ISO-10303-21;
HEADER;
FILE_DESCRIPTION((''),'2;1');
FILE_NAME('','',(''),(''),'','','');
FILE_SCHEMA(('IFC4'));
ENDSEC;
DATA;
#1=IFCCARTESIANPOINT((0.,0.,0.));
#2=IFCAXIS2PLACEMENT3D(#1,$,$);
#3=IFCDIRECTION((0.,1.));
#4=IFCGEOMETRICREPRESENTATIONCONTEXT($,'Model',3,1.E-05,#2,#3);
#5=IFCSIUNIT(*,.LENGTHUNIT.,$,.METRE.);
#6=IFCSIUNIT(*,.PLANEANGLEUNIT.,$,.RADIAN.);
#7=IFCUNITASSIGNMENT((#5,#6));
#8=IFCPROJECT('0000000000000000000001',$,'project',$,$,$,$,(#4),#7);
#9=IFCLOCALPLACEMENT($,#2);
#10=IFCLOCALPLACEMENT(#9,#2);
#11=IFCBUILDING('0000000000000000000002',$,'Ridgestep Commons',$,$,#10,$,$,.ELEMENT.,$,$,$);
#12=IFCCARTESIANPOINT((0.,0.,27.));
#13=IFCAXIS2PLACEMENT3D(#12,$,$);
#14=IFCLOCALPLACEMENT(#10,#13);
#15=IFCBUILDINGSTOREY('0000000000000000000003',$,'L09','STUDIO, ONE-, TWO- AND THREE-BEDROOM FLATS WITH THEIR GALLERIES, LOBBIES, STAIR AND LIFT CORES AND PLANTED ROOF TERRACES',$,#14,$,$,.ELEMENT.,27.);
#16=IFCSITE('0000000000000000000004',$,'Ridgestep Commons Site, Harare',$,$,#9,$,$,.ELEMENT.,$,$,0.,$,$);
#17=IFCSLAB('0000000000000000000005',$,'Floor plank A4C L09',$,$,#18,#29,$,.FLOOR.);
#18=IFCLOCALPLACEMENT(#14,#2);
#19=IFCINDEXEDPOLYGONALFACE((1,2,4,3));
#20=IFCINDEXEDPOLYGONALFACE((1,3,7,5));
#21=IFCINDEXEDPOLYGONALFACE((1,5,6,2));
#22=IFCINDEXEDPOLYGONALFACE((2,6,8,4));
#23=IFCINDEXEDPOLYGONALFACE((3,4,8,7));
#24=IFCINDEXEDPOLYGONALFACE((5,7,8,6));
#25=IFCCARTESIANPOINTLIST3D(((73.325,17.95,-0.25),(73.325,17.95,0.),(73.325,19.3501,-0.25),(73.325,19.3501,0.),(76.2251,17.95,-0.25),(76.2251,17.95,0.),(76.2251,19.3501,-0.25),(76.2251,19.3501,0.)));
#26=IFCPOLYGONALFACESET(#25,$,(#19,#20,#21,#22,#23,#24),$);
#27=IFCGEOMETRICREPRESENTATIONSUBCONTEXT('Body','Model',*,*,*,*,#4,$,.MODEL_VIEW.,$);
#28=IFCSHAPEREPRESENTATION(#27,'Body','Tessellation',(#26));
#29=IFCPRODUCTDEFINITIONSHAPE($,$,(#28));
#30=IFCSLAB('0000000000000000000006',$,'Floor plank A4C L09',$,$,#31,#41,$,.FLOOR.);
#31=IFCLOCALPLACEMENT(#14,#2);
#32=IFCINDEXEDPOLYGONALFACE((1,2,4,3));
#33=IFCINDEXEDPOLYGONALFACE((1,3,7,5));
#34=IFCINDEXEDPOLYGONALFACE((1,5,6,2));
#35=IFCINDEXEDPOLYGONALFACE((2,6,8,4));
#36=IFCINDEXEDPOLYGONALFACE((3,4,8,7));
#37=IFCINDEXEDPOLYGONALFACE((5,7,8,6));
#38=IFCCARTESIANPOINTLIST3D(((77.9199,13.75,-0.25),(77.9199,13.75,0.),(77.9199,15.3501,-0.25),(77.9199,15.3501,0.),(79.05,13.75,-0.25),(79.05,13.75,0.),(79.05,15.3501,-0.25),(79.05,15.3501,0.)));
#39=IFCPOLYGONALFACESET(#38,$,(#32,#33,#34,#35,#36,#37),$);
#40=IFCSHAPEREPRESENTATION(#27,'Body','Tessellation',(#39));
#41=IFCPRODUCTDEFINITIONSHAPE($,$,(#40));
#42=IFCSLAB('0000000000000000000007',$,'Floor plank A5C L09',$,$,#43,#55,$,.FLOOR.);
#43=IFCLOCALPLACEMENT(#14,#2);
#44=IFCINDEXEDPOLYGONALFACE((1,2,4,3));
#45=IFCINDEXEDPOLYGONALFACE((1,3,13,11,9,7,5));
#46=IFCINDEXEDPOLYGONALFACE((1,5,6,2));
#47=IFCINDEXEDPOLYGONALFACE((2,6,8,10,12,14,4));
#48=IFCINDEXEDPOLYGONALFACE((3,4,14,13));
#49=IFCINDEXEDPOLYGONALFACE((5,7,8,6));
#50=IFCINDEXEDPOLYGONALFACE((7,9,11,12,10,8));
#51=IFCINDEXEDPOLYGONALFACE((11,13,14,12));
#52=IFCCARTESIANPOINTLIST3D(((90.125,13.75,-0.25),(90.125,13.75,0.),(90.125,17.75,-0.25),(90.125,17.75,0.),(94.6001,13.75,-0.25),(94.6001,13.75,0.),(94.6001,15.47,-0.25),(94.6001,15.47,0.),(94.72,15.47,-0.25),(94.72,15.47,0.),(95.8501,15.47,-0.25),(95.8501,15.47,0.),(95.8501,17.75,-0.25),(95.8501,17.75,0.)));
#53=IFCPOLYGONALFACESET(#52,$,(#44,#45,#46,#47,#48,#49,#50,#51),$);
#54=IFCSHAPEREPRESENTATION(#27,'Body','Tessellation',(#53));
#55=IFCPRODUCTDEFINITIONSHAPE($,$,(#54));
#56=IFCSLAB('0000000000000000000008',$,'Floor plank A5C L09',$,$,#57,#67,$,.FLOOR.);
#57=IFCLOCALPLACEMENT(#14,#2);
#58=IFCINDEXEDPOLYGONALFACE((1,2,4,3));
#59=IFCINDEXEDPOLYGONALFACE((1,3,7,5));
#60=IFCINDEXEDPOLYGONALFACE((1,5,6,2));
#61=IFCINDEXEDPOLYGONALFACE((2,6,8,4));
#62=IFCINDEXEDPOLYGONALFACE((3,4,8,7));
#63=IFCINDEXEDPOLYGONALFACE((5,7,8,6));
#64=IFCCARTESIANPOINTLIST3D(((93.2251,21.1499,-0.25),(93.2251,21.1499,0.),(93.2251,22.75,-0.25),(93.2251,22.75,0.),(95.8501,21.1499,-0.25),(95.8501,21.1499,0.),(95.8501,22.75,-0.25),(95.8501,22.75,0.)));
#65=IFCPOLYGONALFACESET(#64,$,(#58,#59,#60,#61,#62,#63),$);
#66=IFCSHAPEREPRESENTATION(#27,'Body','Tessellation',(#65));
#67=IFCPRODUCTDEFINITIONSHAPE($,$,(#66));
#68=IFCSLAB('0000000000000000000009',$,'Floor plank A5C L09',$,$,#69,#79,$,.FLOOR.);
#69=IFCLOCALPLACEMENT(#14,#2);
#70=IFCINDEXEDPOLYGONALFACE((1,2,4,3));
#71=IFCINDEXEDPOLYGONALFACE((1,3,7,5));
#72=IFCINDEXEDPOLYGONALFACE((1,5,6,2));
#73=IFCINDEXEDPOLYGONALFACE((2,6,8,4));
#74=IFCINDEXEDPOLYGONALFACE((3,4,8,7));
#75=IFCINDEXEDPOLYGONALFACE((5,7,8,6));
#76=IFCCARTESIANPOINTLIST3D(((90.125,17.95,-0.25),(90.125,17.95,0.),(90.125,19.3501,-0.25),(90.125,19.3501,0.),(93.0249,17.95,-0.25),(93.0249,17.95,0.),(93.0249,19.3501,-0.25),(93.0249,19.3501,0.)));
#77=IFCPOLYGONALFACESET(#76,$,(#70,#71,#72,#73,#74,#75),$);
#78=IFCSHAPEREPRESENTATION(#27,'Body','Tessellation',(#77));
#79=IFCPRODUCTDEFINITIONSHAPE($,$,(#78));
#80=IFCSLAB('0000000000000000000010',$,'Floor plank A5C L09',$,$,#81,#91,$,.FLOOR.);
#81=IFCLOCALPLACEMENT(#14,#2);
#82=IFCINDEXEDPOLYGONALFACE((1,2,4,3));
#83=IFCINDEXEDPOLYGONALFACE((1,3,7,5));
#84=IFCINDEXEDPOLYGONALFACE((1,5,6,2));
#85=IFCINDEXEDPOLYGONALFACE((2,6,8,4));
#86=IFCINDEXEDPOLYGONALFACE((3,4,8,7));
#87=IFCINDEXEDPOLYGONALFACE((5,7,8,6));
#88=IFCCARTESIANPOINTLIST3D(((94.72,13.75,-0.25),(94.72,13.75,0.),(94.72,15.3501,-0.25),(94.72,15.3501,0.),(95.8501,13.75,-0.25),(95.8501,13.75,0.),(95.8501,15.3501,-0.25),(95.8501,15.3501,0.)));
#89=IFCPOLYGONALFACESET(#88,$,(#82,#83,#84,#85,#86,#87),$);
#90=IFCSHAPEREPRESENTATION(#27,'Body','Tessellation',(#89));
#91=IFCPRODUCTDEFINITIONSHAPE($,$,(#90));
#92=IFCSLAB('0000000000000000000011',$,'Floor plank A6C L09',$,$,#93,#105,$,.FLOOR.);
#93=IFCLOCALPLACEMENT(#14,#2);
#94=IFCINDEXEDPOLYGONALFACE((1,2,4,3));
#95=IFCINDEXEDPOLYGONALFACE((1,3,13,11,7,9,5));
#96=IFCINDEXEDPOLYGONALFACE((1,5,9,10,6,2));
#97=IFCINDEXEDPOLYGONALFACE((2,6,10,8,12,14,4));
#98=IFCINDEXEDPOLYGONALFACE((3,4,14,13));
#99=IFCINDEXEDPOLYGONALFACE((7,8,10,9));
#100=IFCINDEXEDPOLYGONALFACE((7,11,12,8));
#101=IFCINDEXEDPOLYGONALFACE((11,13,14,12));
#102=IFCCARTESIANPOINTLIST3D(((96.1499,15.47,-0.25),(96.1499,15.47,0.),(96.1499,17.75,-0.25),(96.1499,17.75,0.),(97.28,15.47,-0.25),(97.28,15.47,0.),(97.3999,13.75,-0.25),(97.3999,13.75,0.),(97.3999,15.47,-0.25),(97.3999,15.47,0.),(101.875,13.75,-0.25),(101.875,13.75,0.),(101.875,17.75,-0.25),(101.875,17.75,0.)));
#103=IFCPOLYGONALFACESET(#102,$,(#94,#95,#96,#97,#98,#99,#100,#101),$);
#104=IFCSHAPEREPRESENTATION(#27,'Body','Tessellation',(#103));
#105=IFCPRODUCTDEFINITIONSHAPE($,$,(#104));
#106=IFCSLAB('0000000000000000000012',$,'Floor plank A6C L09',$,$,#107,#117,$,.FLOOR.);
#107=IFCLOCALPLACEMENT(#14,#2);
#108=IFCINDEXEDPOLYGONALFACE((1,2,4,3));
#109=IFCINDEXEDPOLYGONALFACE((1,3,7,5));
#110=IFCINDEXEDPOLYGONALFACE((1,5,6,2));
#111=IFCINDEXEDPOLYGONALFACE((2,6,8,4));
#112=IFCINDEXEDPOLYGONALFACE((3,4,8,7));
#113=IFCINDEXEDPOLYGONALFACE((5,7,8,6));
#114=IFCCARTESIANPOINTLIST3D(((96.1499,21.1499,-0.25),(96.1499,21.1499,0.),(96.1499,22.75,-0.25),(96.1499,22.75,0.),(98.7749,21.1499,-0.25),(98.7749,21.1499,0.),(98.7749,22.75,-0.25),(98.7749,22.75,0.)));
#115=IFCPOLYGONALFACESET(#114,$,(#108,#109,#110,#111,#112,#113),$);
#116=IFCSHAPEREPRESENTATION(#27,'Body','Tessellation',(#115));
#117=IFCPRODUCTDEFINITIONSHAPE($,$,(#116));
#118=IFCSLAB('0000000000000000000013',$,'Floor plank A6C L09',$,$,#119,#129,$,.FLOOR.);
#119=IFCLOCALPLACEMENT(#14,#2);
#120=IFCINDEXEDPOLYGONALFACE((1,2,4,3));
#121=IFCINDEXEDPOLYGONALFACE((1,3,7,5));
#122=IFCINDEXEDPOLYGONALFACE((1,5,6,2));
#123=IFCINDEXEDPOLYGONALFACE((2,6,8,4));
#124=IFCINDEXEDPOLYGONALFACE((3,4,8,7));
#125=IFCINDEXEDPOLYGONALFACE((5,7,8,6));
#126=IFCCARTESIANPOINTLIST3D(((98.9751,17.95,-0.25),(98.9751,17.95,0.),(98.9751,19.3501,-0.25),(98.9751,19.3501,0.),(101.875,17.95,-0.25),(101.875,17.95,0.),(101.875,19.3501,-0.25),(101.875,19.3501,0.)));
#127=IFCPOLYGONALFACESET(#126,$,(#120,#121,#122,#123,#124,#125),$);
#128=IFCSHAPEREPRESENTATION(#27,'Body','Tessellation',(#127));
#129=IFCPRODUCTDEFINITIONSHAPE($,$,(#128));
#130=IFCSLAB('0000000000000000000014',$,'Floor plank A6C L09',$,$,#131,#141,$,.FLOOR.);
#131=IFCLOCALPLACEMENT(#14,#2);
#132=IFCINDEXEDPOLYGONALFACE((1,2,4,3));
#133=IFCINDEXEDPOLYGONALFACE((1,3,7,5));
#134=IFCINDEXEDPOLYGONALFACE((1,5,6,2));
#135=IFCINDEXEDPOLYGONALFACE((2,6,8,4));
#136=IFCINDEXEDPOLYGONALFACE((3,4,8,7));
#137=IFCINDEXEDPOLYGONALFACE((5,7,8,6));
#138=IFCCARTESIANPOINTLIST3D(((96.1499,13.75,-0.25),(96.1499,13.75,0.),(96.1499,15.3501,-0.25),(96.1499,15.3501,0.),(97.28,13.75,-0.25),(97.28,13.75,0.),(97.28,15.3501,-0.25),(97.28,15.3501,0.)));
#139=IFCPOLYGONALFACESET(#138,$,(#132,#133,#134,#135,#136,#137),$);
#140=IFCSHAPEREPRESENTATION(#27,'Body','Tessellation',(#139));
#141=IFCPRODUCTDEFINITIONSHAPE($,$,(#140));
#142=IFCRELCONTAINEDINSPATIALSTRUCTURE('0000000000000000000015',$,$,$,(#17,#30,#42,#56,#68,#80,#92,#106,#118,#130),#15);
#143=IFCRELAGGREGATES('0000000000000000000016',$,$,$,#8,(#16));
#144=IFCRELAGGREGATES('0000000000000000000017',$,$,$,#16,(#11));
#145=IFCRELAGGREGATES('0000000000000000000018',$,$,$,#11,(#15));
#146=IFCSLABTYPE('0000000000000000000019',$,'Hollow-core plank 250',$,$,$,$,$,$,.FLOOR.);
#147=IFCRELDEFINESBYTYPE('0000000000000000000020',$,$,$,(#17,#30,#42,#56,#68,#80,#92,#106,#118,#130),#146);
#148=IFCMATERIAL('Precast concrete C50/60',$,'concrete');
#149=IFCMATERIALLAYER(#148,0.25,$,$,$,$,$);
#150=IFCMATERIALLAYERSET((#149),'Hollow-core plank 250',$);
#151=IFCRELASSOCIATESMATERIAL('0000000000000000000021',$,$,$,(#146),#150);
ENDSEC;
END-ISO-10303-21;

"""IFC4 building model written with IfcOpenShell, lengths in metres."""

from ifc_helpers import new_model, si_unit, direction, frame, origin, place, context, subcontext, project, spatial, polyline, outline, extrude, material, layer, layer_set, type_object, element, save


model = new_model("IFC4")

# Units and contexts
model_context = context("Model", 3, precision=1e-05, world=origin(), true_north=direction((0.0, 1.0)))
body_context = subcontext(model_context, "Body", "Model", "MODEL_VIEW")
ifc_project = project(units=[si_unit("LENGTHUNIT", "METRE"), si_unit("PLANEANGLEUNIT", "RADIAN")], contexts=[model_context])

# Site, building, storey
site_placement = place(None, origin())
site = spatial("IfcSite", under=ifc_project, at=site_placement, Name="Ridgestep Commons Site, Harare", CompositionType="ELEMENT", RefElevation=0.0)
building_placement = place(site_placement, origin())
building = spatial("IfcBuilding", under=site, at=building_placement, Name="Ridgestep Commons", CompositionType="ELEMENT")
storey_placement = place(building_placement, frame((0.0, 0.0, 27.0)))
storey = spatial("IfcBuildingStorey", under=building, at=storey_placement, Name="L09", Description="STUDIO, ONE-, TWO- AND THREE-BEDROOM FLATS WITH THEIR GALLERIES, LOBBIES, STAIR AND LIFT CORES AND PLANTED ROOF TERRACES", CompositionType="ELEMENT", Elevation=27.0)

# Slabs
ifc_material = material(Name="Precast concrete C50/60", Category="concrete")
ifc_layer = layer(ifc_material, 0.25)
ifc_layer_set = layer_set([ifc_layer], Name="Hollow-core plank 250")
slab_type = type_object("IfcSlabType", Name="Hollow-core plank 250", PredefinedType="FLOOR", material=ifc_layer_set)
slab_1_placement = place(storey_placement, frame((0.0, 0.0, -0.25)))
element("IfcSlab", 1, at=slab_1_placement, inside=storey, type_object=slab_type, Name="Floor plank A4C L09", PredefinedType="FLOOR", context=body_context, shape_type="SweptSolid", body=[
    extrude(outline(polyline([(76.2251, 17.95), (76.2251, 19.3501), (73.325, 19.3501), (73.325, 17.95), (76.2251, 17.95)])), origin(), (0.0, 0.0, 1.0), 0.25),
])
slab_2_placement = place(storey_placement, frame((0.0, 0.0, -0.25)))
element("IfcSlab", 2, at=slab_2_placement, inside=storey, type_object=slab_type, Name="Floor plank A4C L09", PredefinedType="FLOOR", context=body_context, shape_type="SweptSolid", body=[
    extrude(outline(polyline([(77.9199, 13.75), (79.05, 13.75), (79.05, 15.3501), (77.9199, 15.3501), (77.9199, 13.75)])), origin(), (0.0, 0.0, 1.0), 0.25),
])
slab_3_placement = place(storey_placement, frame((0.0, 0.0, -0.25)))
element("IfcSlab", 3, at=slab_3_placement, inside=storey, type_object=slab_type, Name="Floor plank A5C L09", PredefinedType="FLOOR", context=body_context, shape_type="SweptSolid", body=[
    extrude(outline(polyline([(94.72, 15.47), (95.8501, 15.47), (95.8501, 17.75), (90.125, 17.75), (90.125, 13.75), (94.6001, 13.75), (94.6001, 15.47), (94.72, 15.47)])), origin(), (0.0, 0.0, 1.0), 0.25),
])
slab_4_placement = place(storey_placement, frame((0.0, 0.0, -0.25)))
element("IfcSlab", 4, at=slab_4_placement, inside=storey, type_object=slab_type, Name="Floor plank A5C L09", PredefinedType="FLOOR", context=body_context, shape_type="SweptSolid", body=[
    extrude(outline(polyline([(95.8501, 21.1499), (95.8501, 22.75), (93.2251, 22.75), (93.2251, 21.1499), (95.8501, 21.1499)])), origin(), (0.0, 0.0, 1.0), 0.25),
])
slab_5_placement = place(storey_placement, frame((0.0, 0.0, -0.25)))
element("IfcSlab", 5, at=slab_5_placement, inside=storey, type_object=slab_type, Name="Floor plank A5C L09", PredefinedType="FLOOR", context=body_context, shape_type="SweptSolid", body=[
    extrude(outline(polyline([(93.0249, 17.95), (93.0249, 19.3501), (90.125, 19.3501), (90.125, 17.95), (93.0249, 17.95)])), origin(), (0.0, 0.0, 1.0), 0.25),
])
slab_6_placement = place(storey_placement, frame((0.0, 0.0, -0.25)))
element("IfcSlab", 6, at=slab_6_placement, inside=storey, type_object=slab_type, Name="Floor plank A5C L09", PredefinedType="FLOOR", context=body_context, shape_type="SweptSolid", body=[
    extrude(outline(polyline([(94.72, 13.75), (95.8501, 13.75), (95.8501, 15.3501), (94.72, 15.3501), (94.72, 13.75)])), origin(), (0.0, 0.0, 1.0), 0.25),
])
slab_7_placement = place(storey_placement, frame((0.0, 0.0, -0.25)))
element("IfcSlab", 7, at=slab_7_placement, inside=storey, type_object=slab_type, Name="Floor plank A6C L09", PredefinedType="FLOOR", context=body_context, shape_type="SweptSolid", body=[
    extrude(outline(polyline([(97.3999, 13.75), (101.875, 13.75), (101.875, 17.75), (96.1499, 17.75), (96.1499, 15.47), (97.28, 15.47), (97.3999, 15.47), (97.3999, 13.75)])), origin(), (0.0, 0.0, 1.0), 0.25),
])
slab_8_placement = place(storey_placement, frame((0.0, 0.0, -0.25)))
element("IfcSlab", 8, at=slab_8_placement, inside=storey, type_object=slab_type, Name="Floor plank A6C L09", PredefinedType="FLOOR", context=body_context, shape_type="SweptSolid", body=[
    extrude(outline(polyline([(98.7749, 22.75), (96.1499, 22.75), (96.1499, 21.1499), (98.7749, 21.1499), (98.7749, 22.75)])), origin(), (0.0, 0.0, 1.0), 0.25),
])
slab_9_placement = place(storey_placement, frame((0.0, 0.0, -0.25)))
element("IfcSlab", 9, at=slab_9_placement, inside=storey, type_object=slab_type, Name="Floor plank A6C L09", PredefinedType="FLOOR", context=body_context, shape_type="SweptSolid", body=[
    extrude(outline(polyline([(101.875, 17.95), (101.875, 19.3501), (98.9751, 19.3501), (98.9751, 17.95), (101.875, 17.95)])), origin(), (0.0, 0.0, 1.0), 0.25),
])
slab_10_placement = place(storey_placement, frame((0.0, 0.0, -0.25)))
element("IfcSlab", 10, at=slab_10_placement, inside=storey, type_object=slab_type, Name="Floor plank A6C L09", PredefinedType="FLOOR", context=body_context, shape_type="SweptSolid", body=[
    extrude(outline(polyline([(97.28, 15.3501), (96.1499, 15.3501), (96.1499, 13.75), (97.28, 13.75), (97.28, 15.3501)])), origin(), (0.0, 0.0, 1.0), 0.25),
])

save(model, "model.ifc")
